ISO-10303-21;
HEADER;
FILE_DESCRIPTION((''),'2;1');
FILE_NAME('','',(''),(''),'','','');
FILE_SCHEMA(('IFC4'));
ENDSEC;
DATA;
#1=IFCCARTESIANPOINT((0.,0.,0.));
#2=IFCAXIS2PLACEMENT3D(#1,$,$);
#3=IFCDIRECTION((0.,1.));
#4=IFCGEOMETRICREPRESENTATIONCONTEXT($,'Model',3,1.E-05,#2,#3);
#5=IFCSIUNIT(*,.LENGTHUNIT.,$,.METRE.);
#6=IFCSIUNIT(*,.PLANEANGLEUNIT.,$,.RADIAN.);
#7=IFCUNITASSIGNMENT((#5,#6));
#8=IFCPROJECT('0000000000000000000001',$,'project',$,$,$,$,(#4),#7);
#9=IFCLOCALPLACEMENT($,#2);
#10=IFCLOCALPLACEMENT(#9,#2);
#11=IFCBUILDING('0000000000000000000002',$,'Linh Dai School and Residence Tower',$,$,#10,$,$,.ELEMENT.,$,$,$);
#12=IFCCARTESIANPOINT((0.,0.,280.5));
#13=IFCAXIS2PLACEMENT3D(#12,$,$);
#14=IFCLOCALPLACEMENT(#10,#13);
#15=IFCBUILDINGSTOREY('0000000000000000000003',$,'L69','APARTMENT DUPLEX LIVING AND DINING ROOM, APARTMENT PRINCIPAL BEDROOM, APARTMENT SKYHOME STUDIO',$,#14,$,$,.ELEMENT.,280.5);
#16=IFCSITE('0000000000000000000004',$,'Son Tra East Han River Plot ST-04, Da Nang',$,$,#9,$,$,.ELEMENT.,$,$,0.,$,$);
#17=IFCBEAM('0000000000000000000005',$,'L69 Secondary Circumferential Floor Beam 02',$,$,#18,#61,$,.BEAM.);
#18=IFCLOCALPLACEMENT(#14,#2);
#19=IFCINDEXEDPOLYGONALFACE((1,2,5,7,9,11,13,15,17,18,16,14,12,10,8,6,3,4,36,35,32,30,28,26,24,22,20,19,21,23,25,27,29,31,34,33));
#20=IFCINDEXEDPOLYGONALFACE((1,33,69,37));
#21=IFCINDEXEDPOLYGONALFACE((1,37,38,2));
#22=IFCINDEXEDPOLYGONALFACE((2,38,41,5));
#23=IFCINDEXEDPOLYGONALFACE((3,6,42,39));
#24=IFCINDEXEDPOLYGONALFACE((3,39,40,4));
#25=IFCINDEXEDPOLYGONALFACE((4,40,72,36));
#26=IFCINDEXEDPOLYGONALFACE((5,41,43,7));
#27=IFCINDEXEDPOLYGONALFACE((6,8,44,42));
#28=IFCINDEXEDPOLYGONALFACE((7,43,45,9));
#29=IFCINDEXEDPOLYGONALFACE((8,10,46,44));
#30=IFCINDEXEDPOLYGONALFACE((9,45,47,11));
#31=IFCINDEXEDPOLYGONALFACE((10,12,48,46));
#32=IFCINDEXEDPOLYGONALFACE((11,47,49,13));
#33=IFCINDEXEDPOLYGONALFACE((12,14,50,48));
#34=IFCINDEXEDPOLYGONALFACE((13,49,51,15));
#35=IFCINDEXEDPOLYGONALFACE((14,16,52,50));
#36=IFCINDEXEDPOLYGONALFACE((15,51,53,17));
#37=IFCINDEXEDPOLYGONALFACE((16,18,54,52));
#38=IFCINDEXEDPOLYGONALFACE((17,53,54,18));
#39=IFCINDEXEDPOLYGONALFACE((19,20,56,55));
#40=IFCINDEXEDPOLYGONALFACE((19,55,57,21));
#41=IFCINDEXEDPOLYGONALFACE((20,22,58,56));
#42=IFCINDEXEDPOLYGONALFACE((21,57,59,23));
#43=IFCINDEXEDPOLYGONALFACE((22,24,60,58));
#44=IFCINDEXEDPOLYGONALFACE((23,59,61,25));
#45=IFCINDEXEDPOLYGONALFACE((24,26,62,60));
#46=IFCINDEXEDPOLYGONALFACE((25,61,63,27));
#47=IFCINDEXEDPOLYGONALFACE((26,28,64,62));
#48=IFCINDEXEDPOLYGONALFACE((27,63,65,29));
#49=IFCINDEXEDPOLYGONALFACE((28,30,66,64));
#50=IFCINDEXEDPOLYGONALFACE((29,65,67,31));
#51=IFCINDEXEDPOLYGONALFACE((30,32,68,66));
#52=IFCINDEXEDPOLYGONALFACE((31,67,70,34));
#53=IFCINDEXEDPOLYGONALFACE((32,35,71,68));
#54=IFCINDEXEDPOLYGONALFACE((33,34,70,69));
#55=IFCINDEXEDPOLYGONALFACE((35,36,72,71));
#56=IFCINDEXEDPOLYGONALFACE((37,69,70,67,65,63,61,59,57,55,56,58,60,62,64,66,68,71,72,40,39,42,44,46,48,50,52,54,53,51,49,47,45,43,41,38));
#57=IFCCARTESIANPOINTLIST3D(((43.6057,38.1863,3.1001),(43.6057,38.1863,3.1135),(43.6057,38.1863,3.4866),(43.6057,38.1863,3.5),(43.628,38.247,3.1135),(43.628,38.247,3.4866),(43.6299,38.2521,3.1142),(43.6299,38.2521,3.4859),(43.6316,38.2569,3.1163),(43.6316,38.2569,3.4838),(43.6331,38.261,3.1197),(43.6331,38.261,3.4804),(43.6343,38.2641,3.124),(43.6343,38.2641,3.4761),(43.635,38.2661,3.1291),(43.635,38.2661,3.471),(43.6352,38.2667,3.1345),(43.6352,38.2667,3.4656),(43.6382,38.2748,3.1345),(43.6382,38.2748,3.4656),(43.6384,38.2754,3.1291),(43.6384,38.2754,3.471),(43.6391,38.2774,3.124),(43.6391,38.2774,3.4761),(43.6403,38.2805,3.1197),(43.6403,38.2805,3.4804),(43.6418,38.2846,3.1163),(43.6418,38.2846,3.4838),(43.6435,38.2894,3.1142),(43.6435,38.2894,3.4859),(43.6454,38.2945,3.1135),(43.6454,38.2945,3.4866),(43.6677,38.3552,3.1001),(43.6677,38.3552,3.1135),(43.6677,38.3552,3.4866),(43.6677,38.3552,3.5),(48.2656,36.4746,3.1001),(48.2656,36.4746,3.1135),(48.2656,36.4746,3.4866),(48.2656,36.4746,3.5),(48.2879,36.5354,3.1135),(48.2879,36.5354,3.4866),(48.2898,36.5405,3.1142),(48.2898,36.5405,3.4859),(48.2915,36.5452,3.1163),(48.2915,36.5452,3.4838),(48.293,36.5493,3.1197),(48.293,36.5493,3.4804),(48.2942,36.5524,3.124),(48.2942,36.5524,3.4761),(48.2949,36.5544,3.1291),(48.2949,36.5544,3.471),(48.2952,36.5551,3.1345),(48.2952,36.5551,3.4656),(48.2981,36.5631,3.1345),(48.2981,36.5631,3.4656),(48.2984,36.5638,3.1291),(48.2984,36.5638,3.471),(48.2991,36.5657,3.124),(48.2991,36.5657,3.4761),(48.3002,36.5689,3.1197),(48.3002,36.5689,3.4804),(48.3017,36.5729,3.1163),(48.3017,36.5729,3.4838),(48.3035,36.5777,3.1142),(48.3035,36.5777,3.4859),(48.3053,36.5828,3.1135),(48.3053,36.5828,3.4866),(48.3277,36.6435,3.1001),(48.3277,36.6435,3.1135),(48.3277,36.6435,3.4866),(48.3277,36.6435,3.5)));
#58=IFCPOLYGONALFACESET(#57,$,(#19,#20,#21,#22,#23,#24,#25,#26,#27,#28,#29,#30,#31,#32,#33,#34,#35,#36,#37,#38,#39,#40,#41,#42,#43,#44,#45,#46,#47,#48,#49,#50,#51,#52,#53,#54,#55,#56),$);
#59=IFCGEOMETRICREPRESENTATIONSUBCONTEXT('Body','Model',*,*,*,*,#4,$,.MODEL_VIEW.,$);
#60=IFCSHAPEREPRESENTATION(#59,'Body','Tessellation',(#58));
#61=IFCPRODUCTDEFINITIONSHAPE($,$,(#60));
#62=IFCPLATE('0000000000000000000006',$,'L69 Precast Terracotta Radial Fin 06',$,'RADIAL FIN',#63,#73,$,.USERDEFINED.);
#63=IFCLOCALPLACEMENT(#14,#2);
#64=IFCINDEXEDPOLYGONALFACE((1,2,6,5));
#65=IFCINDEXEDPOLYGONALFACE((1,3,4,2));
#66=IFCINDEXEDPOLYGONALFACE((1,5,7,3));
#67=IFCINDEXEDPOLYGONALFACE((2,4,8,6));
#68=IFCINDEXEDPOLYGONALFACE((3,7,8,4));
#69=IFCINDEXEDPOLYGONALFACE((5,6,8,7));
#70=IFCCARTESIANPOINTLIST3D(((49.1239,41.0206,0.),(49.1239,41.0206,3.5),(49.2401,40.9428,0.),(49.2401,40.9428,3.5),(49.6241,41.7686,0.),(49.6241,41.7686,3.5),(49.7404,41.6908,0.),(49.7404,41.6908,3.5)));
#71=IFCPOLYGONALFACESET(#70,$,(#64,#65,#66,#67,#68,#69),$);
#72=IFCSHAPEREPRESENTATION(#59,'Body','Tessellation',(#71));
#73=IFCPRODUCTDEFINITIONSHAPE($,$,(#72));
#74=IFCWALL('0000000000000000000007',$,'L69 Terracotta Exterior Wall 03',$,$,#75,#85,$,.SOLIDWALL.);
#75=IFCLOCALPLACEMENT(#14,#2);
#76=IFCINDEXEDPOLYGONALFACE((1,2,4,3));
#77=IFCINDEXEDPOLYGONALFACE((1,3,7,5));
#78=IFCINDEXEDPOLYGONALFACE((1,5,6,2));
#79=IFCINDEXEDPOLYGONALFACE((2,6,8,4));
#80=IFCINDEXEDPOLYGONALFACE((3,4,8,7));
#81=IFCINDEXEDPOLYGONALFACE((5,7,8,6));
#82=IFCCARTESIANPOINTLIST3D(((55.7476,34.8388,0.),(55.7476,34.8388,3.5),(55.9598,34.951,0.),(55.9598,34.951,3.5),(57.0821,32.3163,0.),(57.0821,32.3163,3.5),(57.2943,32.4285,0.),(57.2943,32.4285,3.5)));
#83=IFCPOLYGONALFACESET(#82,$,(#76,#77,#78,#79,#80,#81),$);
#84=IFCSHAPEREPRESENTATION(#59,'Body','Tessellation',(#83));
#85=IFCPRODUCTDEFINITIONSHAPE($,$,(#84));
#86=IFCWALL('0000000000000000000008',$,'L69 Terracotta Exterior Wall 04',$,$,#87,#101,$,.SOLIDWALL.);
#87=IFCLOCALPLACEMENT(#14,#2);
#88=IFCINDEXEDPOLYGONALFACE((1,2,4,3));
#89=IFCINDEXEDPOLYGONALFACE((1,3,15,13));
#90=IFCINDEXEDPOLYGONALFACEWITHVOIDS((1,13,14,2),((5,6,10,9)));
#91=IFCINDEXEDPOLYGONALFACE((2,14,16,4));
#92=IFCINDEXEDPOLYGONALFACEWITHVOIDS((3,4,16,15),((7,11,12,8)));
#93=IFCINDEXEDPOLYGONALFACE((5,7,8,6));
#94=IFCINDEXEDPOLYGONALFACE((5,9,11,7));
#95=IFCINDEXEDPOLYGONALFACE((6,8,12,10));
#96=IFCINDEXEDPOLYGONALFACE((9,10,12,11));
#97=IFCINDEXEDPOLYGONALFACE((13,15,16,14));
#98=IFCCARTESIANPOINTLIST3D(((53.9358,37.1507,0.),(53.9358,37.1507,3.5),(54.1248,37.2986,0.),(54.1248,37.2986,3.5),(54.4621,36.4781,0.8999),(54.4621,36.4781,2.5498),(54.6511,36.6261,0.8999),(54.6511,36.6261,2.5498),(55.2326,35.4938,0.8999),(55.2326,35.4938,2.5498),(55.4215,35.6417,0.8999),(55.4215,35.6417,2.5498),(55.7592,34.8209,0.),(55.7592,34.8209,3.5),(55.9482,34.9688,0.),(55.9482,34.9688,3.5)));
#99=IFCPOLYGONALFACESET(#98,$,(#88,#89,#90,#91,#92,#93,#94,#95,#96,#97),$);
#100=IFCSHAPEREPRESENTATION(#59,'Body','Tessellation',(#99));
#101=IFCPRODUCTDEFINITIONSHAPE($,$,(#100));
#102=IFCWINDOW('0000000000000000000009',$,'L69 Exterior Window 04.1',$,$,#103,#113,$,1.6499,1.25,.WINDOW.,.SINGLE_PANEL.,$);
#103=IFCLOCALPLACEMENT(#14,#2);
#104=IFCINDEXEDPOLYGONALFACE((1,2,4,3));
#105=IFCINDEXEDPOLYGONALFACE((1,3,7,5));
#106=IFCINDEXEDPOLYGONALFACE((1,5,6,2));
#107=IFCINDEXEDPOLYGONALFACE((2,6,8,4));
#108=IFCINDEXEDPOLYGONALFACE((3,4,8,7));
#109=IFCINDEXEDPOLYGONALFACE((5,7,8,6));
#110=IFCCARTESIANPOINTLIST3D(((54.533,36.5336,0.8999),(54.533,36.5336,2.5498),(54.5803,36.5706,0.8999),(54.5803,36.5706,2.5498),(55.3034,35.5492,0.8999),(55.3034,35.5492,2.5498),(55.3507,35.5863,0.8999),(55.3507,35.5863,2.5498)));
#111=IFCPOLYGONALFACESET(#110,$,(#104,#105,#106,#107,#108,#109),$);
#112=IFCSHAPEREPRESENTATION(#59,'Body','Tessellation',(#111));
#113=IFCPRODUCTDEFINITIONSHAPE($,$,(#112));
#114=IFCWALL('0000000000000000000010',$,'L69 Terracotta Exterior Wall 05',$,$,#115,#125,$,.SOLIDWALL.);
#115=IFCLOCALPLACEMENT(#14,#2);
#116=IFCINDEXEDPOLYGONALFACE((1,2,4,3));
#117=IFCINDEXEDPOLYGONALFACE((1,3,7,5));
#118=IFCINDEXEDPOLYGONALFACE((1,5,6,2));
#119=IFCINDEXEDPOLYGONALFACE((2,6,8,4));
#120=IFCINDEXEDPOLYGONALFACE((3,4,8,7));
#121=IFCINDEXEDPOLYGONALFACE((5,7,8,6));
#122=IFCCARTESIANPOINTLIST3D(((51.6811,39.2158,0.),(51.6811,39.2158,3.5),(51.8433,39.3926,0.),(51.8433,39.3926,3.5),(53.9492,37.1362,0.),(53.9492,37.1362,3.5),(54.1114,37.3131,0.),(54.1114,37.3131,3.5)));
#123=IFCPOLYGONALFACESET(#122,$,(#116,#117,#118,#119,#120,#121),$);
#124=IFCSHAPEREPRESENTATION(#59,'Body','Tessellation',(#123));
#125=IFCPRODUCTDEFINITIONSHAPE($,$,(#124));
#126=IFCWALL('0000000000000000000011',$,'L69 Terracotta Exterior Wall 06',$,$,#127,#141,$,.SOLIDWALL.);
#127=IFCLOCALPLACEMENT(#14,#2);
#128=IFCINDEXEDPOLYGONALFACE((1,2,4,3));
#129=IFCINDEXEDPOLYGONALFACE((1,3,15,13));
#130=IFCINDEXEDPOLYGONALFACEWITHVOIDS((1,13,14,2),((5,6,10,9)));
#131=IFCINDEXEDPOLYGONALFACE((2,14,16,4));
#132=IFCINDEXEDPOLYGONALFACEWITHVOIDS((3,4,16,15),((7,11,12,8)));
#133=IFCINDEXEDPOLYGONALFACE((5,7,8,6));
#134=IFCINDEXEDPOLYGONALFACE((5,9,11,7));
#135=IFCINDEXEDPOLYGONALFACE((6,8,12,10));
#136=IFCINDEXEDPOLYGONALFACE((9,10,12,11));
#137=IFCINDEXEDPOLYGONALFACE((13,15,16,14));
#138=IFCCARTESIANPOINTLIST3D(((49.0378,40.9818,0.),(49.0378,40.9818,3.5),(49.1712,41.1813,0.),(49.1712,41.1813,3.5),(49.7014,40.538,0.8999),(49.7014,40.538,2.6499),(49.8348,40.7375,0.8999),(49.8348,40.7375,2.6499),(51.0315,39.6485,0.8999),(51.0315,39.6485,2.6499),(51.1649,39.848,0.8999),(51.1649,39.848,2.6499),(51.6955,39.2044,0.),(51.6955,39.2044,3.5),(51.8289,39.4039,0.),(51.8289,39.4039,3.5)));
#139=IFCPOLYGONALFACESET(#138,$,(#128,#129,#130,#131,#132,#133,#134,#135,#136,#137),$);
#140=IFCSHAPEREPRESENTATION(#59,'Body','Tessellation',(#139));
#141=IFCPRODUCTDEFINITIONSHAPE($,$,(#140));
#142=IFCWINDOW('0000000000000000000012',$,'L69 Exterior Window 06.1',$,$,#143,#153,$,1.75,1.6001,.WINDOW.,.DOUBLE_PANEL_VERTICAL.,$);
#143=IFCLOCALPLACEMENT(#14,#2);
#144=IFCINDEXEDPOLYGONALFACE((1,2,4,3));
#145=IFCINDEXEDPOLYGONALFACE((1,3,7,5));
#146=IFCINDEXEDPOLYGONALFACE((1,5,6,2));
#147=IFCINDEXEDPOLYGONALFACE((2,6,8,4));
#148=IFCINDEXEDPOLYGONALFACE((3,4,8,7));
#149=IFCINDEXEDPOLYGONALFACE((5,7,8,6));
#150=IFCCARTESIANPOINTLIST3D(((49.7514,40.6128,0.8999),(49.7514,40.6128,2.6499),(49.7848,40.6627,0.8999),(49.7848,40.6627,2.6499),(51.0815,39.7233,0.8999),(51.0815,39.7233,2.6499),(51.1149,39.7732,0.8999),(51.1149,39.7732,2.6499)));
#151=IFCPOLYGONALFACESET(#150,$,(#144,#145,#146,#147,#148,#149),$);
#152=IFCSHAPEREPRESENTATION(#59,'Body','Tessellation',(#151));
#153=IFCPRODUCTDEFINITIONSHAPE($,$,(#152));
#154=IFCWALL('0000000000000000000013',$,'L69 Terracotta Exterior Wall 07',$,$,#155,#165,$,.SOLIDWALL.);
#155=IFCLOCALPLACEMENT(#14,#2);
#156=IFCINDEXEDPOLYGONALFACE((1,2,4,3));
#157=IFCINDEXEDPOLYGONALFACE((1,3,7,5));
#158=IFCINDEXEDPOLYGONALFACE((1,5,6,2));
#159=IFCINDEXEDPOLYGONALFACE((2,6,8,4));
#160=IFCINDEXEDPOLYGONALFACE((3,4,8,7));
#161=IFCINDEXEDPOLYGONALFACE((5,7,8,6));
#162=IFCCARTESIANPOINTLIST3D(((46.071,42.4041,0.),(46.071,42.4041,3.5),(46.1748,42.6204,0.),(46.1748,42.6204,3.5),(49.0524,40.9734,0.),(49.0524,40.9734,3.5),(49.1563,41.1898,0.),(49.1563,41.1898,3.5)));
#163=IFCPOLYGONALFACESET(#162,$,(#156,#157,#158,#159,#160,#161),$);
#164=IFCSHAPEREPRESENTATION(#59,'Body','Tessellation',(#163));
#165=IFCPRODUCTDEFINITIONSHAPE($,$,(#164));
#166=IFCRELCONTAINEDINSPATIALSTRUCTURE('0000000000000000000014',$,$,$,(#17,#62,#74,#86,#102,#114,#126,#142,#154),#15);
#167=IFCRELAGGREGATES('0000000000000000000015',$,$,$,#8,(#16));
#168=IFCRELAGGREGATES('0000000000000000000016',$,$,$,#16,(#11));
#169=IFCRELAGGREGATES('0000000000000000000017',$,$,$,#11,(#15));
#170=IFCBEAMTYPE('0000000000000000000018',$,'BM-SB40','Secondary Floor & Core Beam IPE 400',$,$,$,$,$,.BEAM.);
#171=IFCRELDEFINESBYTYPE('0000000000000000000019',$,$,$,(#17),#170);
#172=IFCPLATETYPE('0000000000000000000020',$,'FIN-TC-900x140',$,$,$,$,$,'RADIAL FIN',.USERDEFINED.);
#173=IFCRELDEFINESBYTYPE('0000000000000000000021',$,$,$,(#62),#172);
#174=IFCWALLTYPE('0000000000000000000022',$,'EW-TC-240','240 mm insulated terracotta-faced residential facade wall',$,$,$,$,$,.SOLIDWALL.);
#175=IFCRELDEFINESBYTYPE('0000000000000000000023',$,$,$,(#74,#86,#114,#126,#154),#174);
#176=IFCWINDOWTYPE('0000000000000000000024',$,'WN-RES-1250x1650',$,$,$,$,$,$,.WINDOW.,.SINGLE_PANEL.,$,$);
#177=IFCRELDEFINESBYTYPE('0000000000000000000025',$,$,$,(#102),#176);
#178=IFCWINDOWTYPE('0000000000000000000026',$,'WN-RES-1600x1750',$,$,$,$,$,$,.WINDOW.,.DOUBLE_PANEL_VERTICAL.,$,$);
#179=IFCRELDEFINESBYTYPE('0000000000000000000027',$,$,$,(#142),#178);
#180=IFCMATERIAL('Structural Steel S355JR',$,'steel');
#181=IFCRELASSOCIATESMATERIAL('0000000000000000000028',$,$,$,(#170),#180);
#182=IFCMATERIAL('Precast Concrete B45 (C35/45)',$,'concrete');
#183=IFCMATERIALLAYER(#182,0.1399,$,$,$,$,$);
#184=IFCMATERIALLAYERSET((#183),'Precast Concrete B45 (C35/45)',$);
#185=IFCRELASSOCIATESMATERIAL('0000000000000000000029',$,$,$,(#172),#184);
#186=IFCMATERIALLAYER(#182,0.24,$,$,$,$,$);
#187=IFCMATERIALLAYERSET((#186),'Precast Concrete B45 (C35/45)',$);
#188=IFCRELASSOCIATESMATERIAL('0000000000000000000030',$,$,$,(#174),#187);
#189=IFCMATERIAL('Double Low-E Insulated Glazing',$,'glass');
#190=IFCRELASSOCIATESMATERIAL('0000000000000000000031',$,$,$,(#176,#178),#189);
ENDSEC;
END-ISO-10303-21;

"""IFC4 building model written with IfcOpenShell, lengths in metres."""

from ifc_helpers import new_model, si_unit, direction, frame, frame_2d, origin, origin_2d, place, context, subcontext, project, spatial, rectangle, i_section, extrude, source, transform, mapped, material, layer, layer_set, material_profile, profile_set, type_object, element, fill, save


model = new_model("IFC4")

# Units and contexts
model_context = context("Model", 3, precision=1e-05, world=origin(), true_north=direction((0.0, 1.0)))
body_context = subcontext(model_context, "Body", "Model", "MODEL_VIEW")
ifc_project = project(units=[si_unit("LENGTHUNIT", "METRE"), si_unit("PLANEANGLEUNIT", "RADIAN")], contexts=[model_context])

# Site, building, storey
site_placement = place(None, origin())
site = spatial("IfcSite", under=ifc_project, at=site_placement, Name="Son Tra East Han River Plot ST-04, Da Nang", CompositionType="ELEMENT", RefElevation=0.0)
building_placement = place(site_placement, origin())
building = spatial("IfcBuilding", under=site, at=building_placement, Name="Linh Dai School and Residence Tower", CompositionType="ELEMENT")
storey_placement = place(building_placement, frame((0.0, 0.0, 280.5)))
storey = spatial("IfcBuildingStorey", under=building, at=storey_placement, Name="L69", Description="APARTMENT DUPLEX LIVING AND DINING ROOM, APARTMENT PRINCIPAL BEDROOM, APARTMENT SKYHOME STUDIO", CompositionType="ELEMENT", Elevation=280.5)

# Shared definitions
ifc_material_1 = material(Name="Structural Steel S355JR", Category="steel")

# Beam
ifc_material_profile_1 = material_profile(ifc_material_1, i_section(OverallWidth=0.1799, OverallDepth=0.3999, WebThickness=0.0085, FlangeThickness=0.0134, FilletRadius=0.021, at=origin_2d()), Name="IPE 400")
ifc_profile_set_1 = profile_set([ifc_material_profile_1], Name="Structural Steel S355JR")
beam_type_1 = type_object("IfcBeamType", Name="BM-SB40", Description="Secondary Floor & Core Beam IPE 400", PredefinedType="BEAM", material=ifc_profile_set_1)
beam_1_placement = place(storey_placement, frame((48.2966, 36.5591, 3.3), z_axis=(-0.938679, 0.344794, 0.0), x_axis=(-0.344794, -0.938679, 0.0)))
element("IfcBeam", 1, at=beam_1_placement, inside=storey, type_object=beam_type_1, Name="L69 Secondary Circumferential Floor Beam 02", PredefinedType="BEAM", context=body_context, shape_type="SweptSolid", body=[
    extrude(i_section(OverallWidth=0.1799, OverallDepth=0.3999, WebThickness=0.0085, FlangeThickness=0.0134, FilletRadius=0.021, at=origin_2d()), origin(), (0.0, 0.0, 1.0), 4.9644),
])

# Plate
ifc_material_2 = material(Name="Precast Concrete B45 (C35/45)", Category="concrete")
ifc_layer_1 = layer(ifc_material_2, 0.1399)
ifc_layer_set_1 = layer_set([ifc_layer_1], Name="Precast Concrete B45 (C35/45)")
plate_type = type_object("IfcPlateType", Name="FIN-TC-900x140", ElementType="RADIAL FIN", PredefinedType="USERDEFINED", material=ifc_layer_set_1)
shared_shape_1 = source(origin(), body_context, "Body", "SweptSolid", [
    extrude(rectangle(XDim=0.8999, YDim=0.1399, at=origin_2d()), origin(), (0.0, 0.0, 1.0), 3.5),
])
plate_placement = place(storey_placement, frame((49.4321, 41.3557, 0.0), z_axis=(0.0, 0.0, 1.0), x_axis=(0.555908, 0.831244, 0.0)))
element("IfcPlate", 2, at=plate_placement, inside=storey, type_object=plate_type, Name="L69 Precast Terracotta Radial Fin 06", ObjectType="RADIAL FIN", PredefinedType="USERDEFINED", context=body_context, shape_type="MappedRepresentation", body=[
    mapped(shared_shape_1, transform((0.0, 0.0, 0.0), x_axis=(1.0, 0.0, 0.0), y_axis=(0.0, 1.0, 0.0), z_axis=(0.0, 0.0, 1.0), scale=1.0)),
])

# Wall
ifc_layer_2 = layer(ifc_material_2, 0.24)
ifc_layer_set_2 = layer_set([ifc_layer_2], Name="Precast Concrete B45 (C35/45)")
wall_type_1 = type_object("IfcWallType", Name="EW-TC-240", Description="240 mm insulated terracotta-faced residential facade wall", PredefinedType="SOLIDWALL", material=ifc_layer_set_2)
wall_1_placement = place(storey_placement, frame((55.8538, 34.8948, 0.0), z_axis=(0.0, 0.0, 1.0), x_axis=(0.467628, -0.883925, 0.0)))
element("IfcWall", 3, at=wall_1_placement, inside=storey, type_object=wall_type_1, Name="L69 Terracotta Exterior Wall 03", PredefinedType="SOLIDWALL", context=body_context, shape_type="SweptSolid", body=[
    extrude(rectangle(XDim=2.8538, YDim=0.24, at=frame_2d((1.4268, 0.0))), origin(), (0.0, 0.0, 1.0), 3.5),
])

# Wall, opening, window
wall_2_placement = place(storey_placement, frame((54.0303, 37.2246, 0.0), z_axis=(0.0, 0.0, 1.0), x_axis=(0.616337, -0.787482, 0.0)))
wall_2 = element("IfcWall", 4, at=wall_2_placement, inside=storey, type_object=wall_type_1, Name="L69 Terracotta Exterior Wall 04", PredefinedType="SOLIDWALL", context=body_context, shape_type="SweptSolid", body=[
    extrude(rectangle(XDim=2.9585, YDim=0.24, at=frame_2d((1.4792, 0.0))), origin(), (0.0, 0.0, 1.0), 3.5),
])
opening_1_placement = place(wall_2_placement, frame((0.854, 0.0, 0.8999)))
opening_1 = element("IfcOpeningElement", 5, at=opening_1_placement, cuts=wall_2, PredefinedType="OPENING", context=body_context, shape_type="SweptSolid", body=[
    extrude(rectangle(XDim=1.25, YDim=1.6499, at=origin_2d()), frame((0.625, 0.1299, 0.825), z_axis=(0.0, -1.0, 0.0), x_axis=(1.0, 0.0, 0.0)), (0.0, 0.0, 1.0), 0.26),
])
ifc_material_3 = material(Name="Double Low-E Insulated Glazing", Category="glass")
window_type_1 = type_object("IfcWindowType", Name="WN-RES-1250x1650", PartitioningType="SINGLE_PANEL", PredefinedType="WINDOW", material=ifc_material_3)
shared_shape_2 = source(origin(), body_context, "Body", "SweptSolid", [
    extrude(rectangle(XDim=1.25, YDim=1.6499, at=origin_2d()), frame((0.625, 0.03, 0.825), z_axis=(0.0, -1.0, 0.0), x_axis=(1.0, 0.0, 0.0)), (0.0, 0.0, 1.0), 0.0601),
])
window_1_placement = place(opening_1_placement, origin())
window_1 = element("IfcWindow", 6, at=window_1_placement, inside=storey, type_object=window_type_1, Name="L69 Exterior Window 04.1", OverallHeight=1.6499, OverallWidth=1.25, PartitioningType="SINGLE_PANEL", PredefinedType="WINDOW", context=body_context, shape_type="MappedRepresentation", body=[
    mapped(shared_shape_2, transform((0.0, 0.0, 0.0), x_axis=(1.0, 0.0, 0.0), y_axis=(0.0, 1.0, 0.0), z_axis=(0.0, 0.0, 1.0), scale=1.0)),
])
fill(opening_1, window_1)

# Wall
wall_3_placement = place(storey_placement, frame((51.7622, 39.3042, 0.0), z_axis=(0.0, 0.0, 1.0), x_axis=(0.737069, -0.675818, 0.0)))
element("IfcWall", 7, at=wall_3_placement, inside=storey, type_object=wall_type_1, Name="L69 Terracotta Exterior Wall 05", PredefinedType="SOLIDWALL", context=body_context, shape_type="SweptSolid", body=[
    extrude(rectangle(XDim=3.0771, YDim=0.24, at=frame_2d((1.5386, 0.0))), origin(), (0.0, 0.0, 1.0), 3.5),
])

# Wall, opening, window
wall_4_placement = place(storey_placement, frame((49.1045, 41.0815, 0.0), z_axis=(0.0, 0.0, 1.0), x_axis=(0.831251, -0.555898, 0.0)))
wall_4 = element("IfcWall", 8, at=wall_4_placement, inside=storey, type_object=wall_type_1, Name="L69 Terracotta Exterior Wall 06", PredefinedType="SOLIDWALL", context=body_context, shape_type="SweptSolid", body=[
    extrude(rectangle(XDim=3.1973, YDim=0.24, at=frame_2d((1.5986, 0.0))), origin(), (0.0, 0.0, 1.0), 3.5),
])
opening_2_placement = place(wall_4_placement, frame((0.7983, 0.0, 0.8999)))
opening_2 = element("IfcOpeningElement", 9, at=opening_2_placement, cuts=wall_4, PredefinedType="OPENING", context=body_context, shape_type="SweptSolid", body=[
    extrude(rectangle(XDim=1.6001, YDim=1.75, at=origin_2d()), frame((0.8, 0.1299, 0.875), z_axis=(0.0, -1.0, 0.0), x_axis=(1.0, 0.0, 0.0)), (0.0, 0.0, 1.0), 0.26),
])
window_type_2 = type_object("IfcWindowType", Name="WN-RES-1600x1750", PartitioningType="DOUBLE_PANEL_VERTICAL", PredefinedType="WINDOW", material=ifc_material_3)
shared_shape_3 = source(origin(), body_context, "Body", "SweptSolid", [
    extrude(rectangle(XDim=1.6001, YDim=1.75, at=origin_2d()), frame((0.8, 0.03, 0.875), z_axis=(0.0, -1.0, 0.0), x_axis=(1.0, 0.0, 0.0)), (0.0, 0.0, 1.0), 0.0601),
])
window_2_placement = place(opening_2_placement, origin())
window_2 = element("IfcWindow", 10, at=window_2_placement, inside=storey, type_object=window_type_2, Name="L69 Exterior Window 06.1", OverallHeight=1.75, OverallWidth=1.6001, PartitioningType="DOUBLE_PANEL_VERTICAL", PredefinedType="WINDOW", context=body_context, shape_type="MappedRepresentation", body=[
    mapped(shared_shape_3, transform((0.0, 0.0, 0.0), x_axis=(1.0, 0.0, 0.0), y_axis=(0.0, 1.0, 0.0), z_axis=(0.0, 0.0, 1.0), scale=1.0)),
])
fill(opening_2, window_2)

# Wall
wall_5_placement = place(storey_placement, frame((46.123, 42.5122, 0.0), z_axis=(0.0, 0.0, 1.0), x_axis=(0.901574, -0.432625, 0.0)))
element("IfcWall", 11, at=wall_5_placement, inside=storey, type_object=wall_type_1, Name="L69 Terracotta Exterior Wall 07", PredefinedType="SOLIDWALL", context=body_context, shape_type="SweptSolid", body=[
    extrude(rectangle(XDim=3.3069, YDim=0.24, at=frame_2d((1.6533, 0.0))), origin(), (0.0, 0.0, 1.0), 3.5),
])

save(model, "model.ifc")
